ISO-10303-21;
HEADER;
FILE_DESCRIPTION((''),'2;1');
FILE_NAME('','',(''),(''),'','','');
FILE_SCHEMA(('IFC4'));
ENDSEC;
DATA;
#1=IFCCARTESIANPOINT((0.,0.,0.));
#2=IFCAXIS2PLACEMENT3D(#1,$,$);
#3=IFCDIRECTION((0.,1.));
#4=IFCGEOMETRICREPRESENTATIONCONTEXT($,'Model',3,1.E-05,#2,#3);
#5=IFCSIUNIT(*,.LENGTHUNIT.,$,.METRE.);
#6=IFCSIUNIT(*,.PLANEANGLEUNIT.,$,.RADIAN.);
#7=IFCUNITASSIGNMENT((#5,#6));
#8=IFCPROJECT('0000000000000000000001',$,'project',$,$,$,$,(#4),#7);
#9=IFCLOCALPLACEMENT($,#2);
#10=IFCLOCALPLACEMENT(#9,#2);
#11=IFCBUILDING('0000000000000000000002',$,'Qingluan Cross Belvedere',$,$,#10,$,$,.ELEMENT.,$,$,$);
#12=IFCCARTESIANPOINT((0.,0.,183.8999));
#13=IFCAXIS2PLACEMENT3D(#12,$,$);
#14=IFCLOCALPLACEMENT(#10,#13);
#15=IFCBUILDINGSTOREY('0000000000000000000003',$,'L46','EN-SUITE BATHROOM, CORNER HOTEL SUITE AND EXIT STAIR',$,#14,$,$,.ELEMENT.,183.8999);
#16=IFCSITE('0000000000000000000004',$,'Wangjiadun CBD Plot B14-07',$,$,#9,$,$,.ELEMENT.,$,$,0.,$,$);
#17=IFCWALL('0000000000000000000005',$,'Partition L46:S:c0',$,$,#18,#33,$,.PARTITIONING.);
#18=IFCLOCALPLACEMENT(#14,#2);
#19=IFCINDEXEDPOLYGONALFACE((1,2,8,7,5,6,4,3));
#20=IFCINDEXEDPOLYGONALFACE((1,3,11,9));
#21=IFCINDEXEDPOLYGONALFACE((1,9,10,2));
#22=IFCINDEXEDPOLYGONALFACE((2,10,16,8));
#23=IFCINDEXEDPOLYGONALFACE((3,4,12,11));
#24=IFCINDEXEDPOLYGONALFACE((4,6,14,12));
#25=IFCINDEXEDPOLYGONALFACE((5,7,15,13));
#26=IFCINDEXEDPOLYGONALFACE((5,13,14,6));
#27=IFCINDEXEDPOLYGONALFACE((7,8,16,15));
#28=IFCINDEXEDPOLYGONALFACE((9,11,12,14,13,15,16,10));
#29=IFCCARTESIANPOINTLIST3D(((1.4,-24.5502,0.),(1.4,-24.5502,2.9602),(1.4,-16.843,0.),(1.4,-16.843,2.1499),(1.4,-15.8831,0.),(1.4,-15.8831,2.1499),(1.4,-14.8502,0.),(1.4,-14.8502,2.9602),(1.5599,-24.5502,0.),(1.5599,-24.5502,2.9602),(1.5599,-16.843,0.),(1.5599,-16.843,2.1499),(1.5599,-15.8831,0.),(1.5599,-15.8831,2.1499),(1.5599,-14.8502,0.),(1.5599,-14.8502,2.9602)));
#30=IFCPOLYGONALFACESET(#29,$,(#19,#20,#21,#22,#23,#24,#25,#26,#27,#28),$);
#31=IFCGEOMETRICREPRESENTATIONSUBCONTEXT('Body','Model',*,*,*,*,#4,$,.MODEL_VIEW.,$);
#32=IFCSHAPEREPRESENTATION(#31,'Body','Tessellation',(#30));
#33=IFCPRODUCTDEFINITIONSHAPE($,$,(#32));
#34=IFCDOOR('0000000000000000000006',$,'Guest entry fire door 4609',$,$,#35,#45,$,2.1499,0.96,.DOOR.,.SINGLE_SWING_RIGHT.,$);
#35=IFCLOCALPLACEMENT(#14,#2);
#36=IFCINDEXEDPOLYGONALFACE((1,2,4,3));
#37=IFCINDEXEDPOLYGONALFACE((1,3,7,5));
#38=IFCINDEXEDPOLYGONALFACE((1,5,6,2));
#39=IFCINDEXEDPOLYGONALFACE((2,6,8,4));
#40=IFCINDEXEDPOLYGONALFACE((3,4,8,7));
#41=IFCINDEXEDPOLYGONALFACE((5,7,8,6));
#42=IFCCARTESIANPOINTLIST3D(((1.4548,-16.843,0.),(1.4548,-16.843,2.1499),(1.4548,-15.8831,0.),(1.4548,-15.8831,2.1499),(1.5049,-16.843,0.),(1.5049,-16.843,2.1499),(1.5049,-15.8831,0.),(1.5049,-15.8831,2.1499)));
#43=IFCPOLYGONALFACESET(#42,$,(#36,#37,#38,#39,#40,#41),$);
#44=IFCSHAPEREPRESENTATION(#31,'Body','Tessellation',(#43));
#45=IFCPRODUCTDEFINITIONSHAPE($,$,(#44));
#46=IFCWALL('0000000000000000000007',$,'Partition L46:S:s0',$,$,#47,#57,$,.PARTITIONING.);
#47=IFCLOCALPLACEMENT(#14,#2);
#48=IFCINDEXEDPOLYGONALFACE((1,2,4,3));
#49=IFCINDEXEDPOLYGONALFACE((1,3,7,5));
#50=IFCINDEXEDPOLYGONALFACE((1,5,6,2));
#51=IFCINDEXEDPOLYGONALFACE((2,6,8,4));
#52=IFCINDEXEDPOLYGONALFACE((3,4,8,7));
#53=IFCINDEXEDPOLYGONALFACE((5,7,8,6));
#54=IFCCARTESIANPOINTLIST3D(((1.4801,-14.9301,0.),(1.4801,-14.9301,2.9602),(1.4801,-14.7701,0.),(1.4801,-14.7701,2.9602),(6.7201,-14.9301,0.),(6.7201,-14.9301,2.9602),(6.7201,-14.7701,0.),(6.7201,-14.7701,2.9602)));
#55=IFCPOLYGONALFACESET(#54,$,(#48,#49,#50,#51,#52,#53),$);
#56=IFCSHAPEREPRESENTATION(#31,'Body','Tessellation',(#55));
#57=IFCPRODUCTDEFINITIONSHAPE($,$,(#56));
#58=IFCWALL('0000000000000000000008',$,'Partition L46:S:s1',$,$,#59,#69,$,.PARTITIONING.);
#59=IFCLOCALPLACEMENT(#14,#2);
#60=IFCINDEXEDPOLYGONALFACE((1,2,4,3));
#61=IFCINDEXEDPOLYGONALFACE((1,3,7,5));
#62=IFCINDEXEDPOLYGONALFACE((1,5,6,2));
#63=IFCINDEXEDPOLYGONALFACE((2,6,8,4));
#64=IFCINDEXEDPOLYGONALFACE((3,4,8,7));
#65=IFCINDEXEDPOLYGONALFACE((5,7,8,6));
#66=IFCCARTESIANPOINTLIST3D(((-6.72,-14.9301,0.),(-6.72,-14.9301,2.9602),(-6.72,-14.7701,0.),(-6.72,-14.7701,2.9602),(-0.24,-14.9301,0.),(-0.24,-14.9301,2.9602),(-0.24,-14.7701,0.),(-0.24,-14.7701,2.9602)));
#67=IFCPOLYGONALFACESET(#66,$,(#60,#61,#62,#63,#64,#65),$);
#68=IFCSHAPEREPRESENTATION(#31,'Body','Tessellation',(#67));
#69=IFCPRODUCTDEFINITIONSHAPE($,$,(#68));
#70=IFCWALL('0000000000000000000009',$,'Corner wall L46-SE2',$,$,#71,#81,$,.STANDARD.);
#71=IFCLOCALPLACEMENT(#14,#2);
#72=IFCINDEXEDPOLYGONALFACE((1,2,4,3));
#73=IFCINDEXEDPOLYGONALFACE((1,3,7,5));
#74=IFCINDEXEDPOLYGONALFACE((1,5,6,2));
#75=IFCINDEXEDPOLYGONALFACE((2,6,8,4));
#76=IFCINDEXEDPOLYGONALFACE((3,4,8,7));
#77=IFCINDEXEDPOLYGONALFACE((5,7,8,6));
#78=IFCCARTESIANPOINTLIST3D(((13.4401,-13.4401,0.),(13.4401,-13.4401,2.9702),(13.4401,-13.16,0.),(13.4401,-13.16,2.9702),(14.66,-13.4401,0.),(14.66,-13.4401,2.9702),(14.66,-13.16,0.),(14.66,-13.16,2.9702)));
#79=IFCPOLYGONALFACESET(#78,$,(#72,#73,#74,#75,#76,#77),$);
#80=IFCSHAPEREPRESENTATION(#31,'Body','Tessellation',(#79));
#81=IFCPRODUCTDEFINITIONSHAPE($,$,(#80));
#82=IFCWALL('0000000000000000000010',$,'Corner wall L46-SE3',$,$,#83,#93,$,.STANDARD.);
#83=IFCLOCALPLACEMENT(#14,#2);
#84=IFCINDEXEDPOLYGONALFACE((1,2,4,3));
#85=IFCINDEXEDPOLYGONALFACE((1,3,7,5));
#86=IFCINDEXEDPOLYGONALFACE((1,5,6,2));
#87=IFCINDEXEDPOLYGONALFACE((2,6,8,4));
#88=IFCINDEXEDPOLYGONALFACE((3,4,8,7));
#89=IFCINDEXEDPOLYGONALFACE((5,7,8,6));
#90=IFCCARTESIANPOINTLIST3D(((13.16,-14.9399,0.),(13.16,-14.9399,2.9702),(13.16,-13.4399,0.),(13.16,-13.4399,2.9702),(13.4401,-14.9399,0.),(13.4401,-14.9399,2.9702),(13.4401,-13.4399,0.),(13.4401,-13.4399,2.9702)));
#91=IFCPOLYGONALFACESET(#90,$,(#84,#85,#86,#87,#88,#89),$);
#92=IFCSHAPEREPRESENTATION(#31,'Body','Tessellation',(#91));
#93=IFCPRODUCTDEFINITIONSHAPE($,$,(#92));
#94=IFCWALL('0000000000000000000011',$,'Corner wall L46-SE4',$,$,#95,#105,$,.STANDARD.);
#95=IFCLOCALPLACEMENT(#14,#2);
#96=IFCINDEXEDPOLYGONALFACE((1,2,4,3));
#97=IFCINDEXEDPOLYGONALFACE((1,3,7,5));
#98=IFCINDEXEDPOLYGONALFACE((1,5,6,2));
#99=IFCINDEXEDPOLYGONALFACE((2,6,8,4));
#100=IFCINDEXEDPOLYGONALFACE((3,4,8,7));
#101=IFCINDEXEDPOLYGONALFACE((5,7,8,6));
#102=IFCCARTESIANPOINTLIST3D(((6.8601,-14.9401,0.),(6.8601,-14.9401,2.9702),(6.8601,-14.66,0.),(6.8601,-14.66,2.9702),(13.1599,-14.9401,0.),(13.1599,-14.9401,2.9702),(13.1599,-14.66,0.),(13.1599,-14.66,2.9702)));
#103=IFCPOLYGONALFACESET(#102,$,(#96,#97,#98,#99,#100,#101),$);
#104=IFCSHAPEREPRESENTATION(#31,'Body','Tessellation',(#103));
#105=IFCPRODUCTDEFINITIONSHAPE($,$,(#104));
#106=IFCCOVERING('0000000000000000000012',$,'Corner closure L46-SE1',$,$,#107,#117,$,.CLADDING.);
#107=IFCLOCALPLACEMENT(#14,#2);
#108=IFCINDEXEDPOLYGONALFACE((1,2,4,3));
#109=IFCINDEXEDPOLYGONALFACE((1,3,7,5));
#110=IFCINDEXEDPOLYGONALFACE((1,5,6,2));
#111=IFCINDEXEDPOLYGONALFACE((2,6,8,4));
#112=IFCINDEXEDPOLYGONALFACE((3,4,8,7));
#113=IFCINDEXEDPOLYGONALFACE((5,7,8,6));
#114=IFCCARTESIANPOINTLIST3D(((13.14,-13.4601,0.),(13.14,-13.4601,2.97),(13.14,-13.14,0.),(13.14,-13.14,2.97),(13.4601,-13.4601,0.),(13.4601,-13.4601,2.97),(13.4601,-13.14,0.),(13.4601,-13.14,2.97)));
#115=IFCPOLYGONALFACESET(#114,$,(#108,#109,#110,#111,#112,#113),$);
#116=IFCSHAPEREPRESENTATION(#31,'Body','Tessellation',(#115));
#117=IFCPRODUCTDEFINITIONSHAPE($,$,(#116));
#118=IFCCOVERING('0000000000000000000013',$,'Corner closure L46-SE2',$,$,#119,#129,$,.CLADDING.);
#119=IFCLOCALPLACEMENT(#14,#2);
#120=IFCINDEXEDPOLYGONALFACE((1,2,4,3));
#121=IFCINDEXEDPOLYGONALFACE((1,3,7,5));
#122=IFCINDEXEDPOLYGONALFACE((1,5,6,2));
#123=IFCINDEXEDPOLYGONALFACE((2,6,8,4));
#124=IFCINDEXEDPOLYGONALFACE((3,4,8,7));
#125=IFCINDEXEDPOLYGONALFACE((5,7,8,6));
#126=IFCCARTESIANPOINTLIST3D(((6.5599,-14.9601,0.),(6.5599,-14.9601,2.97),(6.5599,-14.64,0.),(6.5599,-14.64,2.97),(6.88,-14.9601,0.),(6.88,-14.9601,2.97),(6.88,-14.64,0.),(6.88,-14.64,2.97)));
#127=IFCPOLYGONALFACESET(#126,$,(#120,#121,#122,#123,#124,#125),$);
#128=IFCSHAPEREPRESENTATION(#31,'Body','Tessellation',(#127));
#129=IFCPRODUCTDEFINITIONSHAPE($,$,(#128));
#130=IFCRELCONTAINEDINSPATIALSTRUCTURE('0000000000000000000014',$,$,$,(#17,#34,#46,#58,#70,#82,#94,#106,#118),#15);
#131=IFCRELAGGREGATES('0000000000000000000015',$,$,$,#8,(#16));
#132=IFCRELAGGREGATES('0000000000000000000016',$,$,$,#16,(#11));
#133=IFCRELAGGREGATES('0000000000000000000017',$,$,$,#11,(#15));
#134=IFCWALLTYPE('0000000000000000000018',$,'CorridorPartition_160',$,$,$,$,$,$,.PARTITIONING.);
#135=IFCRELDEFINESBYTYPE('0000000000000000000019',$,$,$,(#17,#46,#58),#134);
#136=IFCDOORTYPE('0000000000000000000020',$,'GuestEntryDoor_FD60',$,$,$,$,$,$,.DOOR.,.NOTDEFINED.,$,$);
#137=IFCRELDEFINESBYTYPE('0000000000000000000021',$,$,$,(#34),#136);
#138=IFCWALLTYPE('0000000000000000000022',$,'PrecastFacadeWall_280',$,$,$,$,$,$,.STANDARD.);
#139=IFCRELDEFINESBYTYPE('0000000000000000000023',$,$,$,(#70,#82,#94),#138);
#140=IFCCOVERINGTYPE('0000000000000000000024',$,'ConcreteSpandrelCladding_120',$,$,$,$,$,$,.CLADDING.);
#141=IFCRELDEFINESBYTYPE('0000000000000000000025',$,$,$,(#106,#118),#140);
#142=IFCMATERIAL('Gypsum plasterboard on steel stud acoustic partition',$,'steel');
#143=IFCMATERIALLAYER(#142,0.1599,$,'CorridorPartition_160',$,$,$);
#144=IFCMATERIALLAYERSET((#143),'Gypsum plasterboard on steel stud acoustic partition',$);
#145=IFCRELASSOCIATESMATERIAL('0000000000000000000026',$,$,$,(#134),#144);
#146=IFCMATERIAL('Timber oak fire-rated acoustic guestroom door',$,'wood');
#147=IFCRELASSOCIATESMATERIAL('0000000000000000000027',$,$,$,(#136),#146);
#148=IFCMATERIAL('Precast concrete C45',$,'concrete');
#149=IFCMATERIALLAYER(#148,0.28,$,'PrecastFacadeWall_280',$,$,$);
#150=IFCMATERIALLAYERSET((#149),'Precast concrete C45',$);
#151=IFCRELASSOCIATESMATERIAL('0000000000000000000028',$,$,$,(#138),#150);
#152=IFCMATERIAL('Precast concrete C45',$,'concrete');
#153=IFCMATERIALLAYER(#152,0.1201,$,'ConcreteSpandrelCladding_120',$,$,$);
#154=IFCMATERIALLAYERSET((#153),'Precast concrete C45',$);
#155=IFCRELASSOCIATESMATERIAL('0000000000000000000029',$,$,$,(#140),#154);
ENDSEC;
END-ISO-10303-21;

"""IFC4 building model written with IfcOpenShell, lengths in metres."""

from ifc_helpers import new_model, si_unit, direction, frame, frame_2d, origin, origin_2d, place, context, subcontext, project, spatial, rectangle, extrude, material, layer, layer_set, type_object, element, fill, save


model = new_model("IFC4")

# Units and contexts
model_context = context("Model", 3, precision=1e-05, world=origin(), true_north=direction((0.0, 1.0)))
body_context = subcontext(model_context, "Body", "Model", "MODEL_VIEW")
ifc_project = project(units=[si_unit("LENGTHUNIT", "METRE"), si_unit("PLANEANGLEUNIT", "RADIAN")], contexts=[model_context])

# Site, building, storey
site_placement = place(None, origin())
site = spatial("IfcSite", under=ifc_project, at=site_placement, Name="Wangjiadun CBD Plot B14-07", CompositionType="ELEMENT", RefElevation=0.0)
building_placement = place(site_placement, origin())
building = spatial("IfcBuilding", under=site, at=building_placement, Name="Qingluan Cross Belvedere", CompositionType="ELEMENT")
storey_placement = place(building_placement, frame((0.0, 0.0, 183.8999)))
storey = spatial("IfcBuildingStorey", under=building, at=storey_placement, Name="L46", Description="EN-SUITE BATHROOM, CORNER HOTEL SUITE AND EXIT STAIR", CompositionType="ELEMENT", Elevation=183.8999)

# Shared definitions
ifc_material_1 = material(Name="Gypsum plasterboard on steel stud acoustic partition", Category="steel")
ifc_layer_1 = layer(ifc_material_1, 0.1599, Name="CorridorPartition_160")
ifc_layer_set_1 = layer_set([ifc_layer_1], Name="Gypsum plasterboard on steel stud acoustic partition")
wall_type_1 = type_object("IfcWallType", Name="CorridorPartition_160", PredefinedType="PARTITIONING", material=ifc_layer_set_1)

# Wall, opening, door
wall_1_placement = place(storey_placement, frame((1.48, -14.8501, 0.0), z_axis=(0.0, 0.0, 1.0), x_axis=(0.0, -1.0, 0.0)))
wall_1 = element("IfcWall", 1, at=wall_1_placement, inside=storey, type_object=wall_type_1, Name="Partition L46:S:c0", PredefinedType="PARTITIONING", context=body_context, shape_type="SweptSolid", body=[
    extrude(rectangle(XDim=9.7, YDim=0.1599, at=frame_2d((4.8501, 0.0))), origin(), (0.0, 0.0, 1.0), 2.9602),
])
opening_placement = place(wall_1_placement, frame((1.033, 0.0, 0.0)))
opening = element("IfcOpeningElement", 2, at=opening_placement, cuts=wall_1, PredefinedType="OPENING", context=body_context, shape_type="SweptSolid", body=[
    extrude(rectangle(XDim=0.96, YDim=2.1499, at=frame_2d((0.48, 1.075))), frame((0.0, 0.0898, 0.0), z_axis=(0.0, -1.0, 0.0), x_axis=(1.0, 0.0, 0.0)), (0.0, 0.0, 1.0), 0.1799),
])
ifc_material_2 = material(Name="Timber oak fire-rated acoustic guestroom door", Category="wood")
door_type = type_object("IfcDoorType", Name="GuestEntryDoor_FD60", OperationType="NOTDEFINED", PredefinedType="DOOR", material=ifc_material_2)
door_placement = place(opening_placement, origin())
door = element("IfcDoor", 3, at=door_placement, inside=storey, type_object=door_type, Name="Guest entry fire door 4609", OperationType="SINGLE_SWING_RIGHT", OverallHeight=2.1499, OverallWidth=0.96, PredefinedType="DOOR", context=body_context, shape_type="SweptSolid", body=[
    extrude(rectangle(XDim=0.96, YDim=2.1499, at=frame_2d((0.48, 1.075))), frame((0.0, 0.0249, 0.0), z_axis=(0.0, -1.0, 0.0), x_axis=(1.0, 0.0, 0.0)), (0.0, 0.0, 1.0), 0.05),
])
fill(opening, door)

# Walls
wall_2_placement = place(storey_placement, frame((1.48, -14.8501, 0.0), z_axis=(0.0, 0.0, 1.0), x_axis=(1.0, 0.0, 0.0)))
element("IfcWall", 4, at=wall_2_placement, inside=storey, type_object=wall_type_1, Name="Partition L46:S:s0", PredefinedType="PARTITIONING", context=body_context, shape_type="SweptSolid", body=[
    extrude(rectangle(XDim=5.24, YDim=0.1599, at=frame_2d((2.6201, 0.0))), origin(), (0.0, 0.0, 1.0), 2.9602),
])
wall_3_placement = place(storey_placement, frame((-0.24, -14.8501, 0.0), z_axis=(0.0, 0.0, 1.0), x_axis=(-1.0, 0.0, 0.0)))
element("IfcWall", 5, at=wall_3_placement, inside=storey, type_object=wall_type_1, Name="Partition L46:S:s1", PredefinedType="PARTITIONING", context=body_context, shape_type="SweptSolid", body=[
    extrude(rectangle(XDim=6.48, YDim=0.1599, at=frame_2d((3.24, 0.0))), origin(), (0.0, 0.0, 1.0), 2.9602),
])
ifc_material_3 = material(Name="Precast concrete C45", Category="concrete")
ifc_layer_2 = layer(ifc_material_3, 0.28, Name="PrecastFacadeWall_280")
ifc_layer_set_2 = layer_set([ifc_layer_2], Name="Precast concrete C45")
wall_type_2 = type_object("IfcWallType", Name="PrecastFacadeWall_280", PredefinedType="STANDARD", material=ifc_layer_set_2)
wall_4_placement = place(storey_placement, frame((14.6599, -13.3, 0.0), z_axis=(0.0, 0.0, 1.0), x_axis=(-1.0, 0.0, 0.0)))
element("IfcWall", 6, at=wall_4_placement, inside=storey, type_object=wall_type_2, Name="Corner wall L46-SE2", PredefinedType="STANDARD", context=body_context, shape_type="SweptSolid", body=[
    extrude(rectangle(XDim=1.22, YDim=0.28, at=frame_2d((0.6099, 0.0))), origin(), (0.0, 0.0, 1.0), 2.9702),
])
wall_5_placement = place(storey_placement, frame((13.3, -13.4399, 0.0), z_axis=(0.0, 0.0, 1.0), x_axis=(0.0, -1.0, 0.0)))
element("IfcWall", 7, at=wall_5_placement, inside=storey, type_object=wall_type_2, Name="Corner wall L46-SE3", PredefinedType="STANDARD", context=body_context, shape_type="SweptSolid", body=[
    extrude(rectangle(XDim=1.5, YDim=0.28, at=frame_2d((0.75, 0.0))), origin(), (0.0, 0.0, 1.0), 2.9702),
])
wall_6_placement = place(storey_placement, frame((13.1599, -14.8, 0.0), z_axis=(0.0, 0.0, 1.0), x_axis=(-1.0, 0.0, 0.0)))
element("IfcWall", 8, at=wall_6_placement, inside=storey, type_object=wall_type_2, Name="Corner wall L46-SE4", PredefinedType="STANDARD", context=body_context, shape_type="SweptSolid", body=[
    extrude(rectangle(XDim=6.2998, YDim=0.28, at=frame_2d((3.1499, 0.0))), origin(), (0.0, 0.0, 1.0), 2.9702),
])

# Coverings
ifc_material_4 = material(Name="Precast concrete C45", Category="concrete")
ifc_layer_3 = layer(ifc_material_4, 0.1201, Name="ConcreteSpandrelCladding_120")
ifc_layer_set_3 = layer_set([ifc_layer_3], Name="Precast concrete C45")
covering_type = type_object("IfcCoveringType", Name="ConcreteSpandrelCladding_120", PredefinedType="CLADDING", material=ifc_layer_set_3)
for number, where, z_axis, x_axis, name in (
    (9, (13.3, -13.3, 0.0), (0.0, 0.0, 1.0), (1.0, 0.0, 0.0), "Corner closure L46-SE1"),
    (10, (6.72, -14.8, 0.0), (0.0, 0.0, 1.0), (1.0, 0.0, 0.0), "Corner closure L46-SE2"),
):
    element("IfcCovering", number, at=place(storey_placement, frame(where, z_axis=z_axis, x_axis=x_axis)), inside=storey, type_object=covering_type, Name=name, PredefinedType="CLADDING", context=body_context, shape_type="SweptSolid", body=[
        extrude(rectangle(XDim=0.3201, YDim=0.3201, at=origin_2d()), origin(), (0.0, 0.0, 1.0), 2.97),
    ])

save(model, "model.ifc")
